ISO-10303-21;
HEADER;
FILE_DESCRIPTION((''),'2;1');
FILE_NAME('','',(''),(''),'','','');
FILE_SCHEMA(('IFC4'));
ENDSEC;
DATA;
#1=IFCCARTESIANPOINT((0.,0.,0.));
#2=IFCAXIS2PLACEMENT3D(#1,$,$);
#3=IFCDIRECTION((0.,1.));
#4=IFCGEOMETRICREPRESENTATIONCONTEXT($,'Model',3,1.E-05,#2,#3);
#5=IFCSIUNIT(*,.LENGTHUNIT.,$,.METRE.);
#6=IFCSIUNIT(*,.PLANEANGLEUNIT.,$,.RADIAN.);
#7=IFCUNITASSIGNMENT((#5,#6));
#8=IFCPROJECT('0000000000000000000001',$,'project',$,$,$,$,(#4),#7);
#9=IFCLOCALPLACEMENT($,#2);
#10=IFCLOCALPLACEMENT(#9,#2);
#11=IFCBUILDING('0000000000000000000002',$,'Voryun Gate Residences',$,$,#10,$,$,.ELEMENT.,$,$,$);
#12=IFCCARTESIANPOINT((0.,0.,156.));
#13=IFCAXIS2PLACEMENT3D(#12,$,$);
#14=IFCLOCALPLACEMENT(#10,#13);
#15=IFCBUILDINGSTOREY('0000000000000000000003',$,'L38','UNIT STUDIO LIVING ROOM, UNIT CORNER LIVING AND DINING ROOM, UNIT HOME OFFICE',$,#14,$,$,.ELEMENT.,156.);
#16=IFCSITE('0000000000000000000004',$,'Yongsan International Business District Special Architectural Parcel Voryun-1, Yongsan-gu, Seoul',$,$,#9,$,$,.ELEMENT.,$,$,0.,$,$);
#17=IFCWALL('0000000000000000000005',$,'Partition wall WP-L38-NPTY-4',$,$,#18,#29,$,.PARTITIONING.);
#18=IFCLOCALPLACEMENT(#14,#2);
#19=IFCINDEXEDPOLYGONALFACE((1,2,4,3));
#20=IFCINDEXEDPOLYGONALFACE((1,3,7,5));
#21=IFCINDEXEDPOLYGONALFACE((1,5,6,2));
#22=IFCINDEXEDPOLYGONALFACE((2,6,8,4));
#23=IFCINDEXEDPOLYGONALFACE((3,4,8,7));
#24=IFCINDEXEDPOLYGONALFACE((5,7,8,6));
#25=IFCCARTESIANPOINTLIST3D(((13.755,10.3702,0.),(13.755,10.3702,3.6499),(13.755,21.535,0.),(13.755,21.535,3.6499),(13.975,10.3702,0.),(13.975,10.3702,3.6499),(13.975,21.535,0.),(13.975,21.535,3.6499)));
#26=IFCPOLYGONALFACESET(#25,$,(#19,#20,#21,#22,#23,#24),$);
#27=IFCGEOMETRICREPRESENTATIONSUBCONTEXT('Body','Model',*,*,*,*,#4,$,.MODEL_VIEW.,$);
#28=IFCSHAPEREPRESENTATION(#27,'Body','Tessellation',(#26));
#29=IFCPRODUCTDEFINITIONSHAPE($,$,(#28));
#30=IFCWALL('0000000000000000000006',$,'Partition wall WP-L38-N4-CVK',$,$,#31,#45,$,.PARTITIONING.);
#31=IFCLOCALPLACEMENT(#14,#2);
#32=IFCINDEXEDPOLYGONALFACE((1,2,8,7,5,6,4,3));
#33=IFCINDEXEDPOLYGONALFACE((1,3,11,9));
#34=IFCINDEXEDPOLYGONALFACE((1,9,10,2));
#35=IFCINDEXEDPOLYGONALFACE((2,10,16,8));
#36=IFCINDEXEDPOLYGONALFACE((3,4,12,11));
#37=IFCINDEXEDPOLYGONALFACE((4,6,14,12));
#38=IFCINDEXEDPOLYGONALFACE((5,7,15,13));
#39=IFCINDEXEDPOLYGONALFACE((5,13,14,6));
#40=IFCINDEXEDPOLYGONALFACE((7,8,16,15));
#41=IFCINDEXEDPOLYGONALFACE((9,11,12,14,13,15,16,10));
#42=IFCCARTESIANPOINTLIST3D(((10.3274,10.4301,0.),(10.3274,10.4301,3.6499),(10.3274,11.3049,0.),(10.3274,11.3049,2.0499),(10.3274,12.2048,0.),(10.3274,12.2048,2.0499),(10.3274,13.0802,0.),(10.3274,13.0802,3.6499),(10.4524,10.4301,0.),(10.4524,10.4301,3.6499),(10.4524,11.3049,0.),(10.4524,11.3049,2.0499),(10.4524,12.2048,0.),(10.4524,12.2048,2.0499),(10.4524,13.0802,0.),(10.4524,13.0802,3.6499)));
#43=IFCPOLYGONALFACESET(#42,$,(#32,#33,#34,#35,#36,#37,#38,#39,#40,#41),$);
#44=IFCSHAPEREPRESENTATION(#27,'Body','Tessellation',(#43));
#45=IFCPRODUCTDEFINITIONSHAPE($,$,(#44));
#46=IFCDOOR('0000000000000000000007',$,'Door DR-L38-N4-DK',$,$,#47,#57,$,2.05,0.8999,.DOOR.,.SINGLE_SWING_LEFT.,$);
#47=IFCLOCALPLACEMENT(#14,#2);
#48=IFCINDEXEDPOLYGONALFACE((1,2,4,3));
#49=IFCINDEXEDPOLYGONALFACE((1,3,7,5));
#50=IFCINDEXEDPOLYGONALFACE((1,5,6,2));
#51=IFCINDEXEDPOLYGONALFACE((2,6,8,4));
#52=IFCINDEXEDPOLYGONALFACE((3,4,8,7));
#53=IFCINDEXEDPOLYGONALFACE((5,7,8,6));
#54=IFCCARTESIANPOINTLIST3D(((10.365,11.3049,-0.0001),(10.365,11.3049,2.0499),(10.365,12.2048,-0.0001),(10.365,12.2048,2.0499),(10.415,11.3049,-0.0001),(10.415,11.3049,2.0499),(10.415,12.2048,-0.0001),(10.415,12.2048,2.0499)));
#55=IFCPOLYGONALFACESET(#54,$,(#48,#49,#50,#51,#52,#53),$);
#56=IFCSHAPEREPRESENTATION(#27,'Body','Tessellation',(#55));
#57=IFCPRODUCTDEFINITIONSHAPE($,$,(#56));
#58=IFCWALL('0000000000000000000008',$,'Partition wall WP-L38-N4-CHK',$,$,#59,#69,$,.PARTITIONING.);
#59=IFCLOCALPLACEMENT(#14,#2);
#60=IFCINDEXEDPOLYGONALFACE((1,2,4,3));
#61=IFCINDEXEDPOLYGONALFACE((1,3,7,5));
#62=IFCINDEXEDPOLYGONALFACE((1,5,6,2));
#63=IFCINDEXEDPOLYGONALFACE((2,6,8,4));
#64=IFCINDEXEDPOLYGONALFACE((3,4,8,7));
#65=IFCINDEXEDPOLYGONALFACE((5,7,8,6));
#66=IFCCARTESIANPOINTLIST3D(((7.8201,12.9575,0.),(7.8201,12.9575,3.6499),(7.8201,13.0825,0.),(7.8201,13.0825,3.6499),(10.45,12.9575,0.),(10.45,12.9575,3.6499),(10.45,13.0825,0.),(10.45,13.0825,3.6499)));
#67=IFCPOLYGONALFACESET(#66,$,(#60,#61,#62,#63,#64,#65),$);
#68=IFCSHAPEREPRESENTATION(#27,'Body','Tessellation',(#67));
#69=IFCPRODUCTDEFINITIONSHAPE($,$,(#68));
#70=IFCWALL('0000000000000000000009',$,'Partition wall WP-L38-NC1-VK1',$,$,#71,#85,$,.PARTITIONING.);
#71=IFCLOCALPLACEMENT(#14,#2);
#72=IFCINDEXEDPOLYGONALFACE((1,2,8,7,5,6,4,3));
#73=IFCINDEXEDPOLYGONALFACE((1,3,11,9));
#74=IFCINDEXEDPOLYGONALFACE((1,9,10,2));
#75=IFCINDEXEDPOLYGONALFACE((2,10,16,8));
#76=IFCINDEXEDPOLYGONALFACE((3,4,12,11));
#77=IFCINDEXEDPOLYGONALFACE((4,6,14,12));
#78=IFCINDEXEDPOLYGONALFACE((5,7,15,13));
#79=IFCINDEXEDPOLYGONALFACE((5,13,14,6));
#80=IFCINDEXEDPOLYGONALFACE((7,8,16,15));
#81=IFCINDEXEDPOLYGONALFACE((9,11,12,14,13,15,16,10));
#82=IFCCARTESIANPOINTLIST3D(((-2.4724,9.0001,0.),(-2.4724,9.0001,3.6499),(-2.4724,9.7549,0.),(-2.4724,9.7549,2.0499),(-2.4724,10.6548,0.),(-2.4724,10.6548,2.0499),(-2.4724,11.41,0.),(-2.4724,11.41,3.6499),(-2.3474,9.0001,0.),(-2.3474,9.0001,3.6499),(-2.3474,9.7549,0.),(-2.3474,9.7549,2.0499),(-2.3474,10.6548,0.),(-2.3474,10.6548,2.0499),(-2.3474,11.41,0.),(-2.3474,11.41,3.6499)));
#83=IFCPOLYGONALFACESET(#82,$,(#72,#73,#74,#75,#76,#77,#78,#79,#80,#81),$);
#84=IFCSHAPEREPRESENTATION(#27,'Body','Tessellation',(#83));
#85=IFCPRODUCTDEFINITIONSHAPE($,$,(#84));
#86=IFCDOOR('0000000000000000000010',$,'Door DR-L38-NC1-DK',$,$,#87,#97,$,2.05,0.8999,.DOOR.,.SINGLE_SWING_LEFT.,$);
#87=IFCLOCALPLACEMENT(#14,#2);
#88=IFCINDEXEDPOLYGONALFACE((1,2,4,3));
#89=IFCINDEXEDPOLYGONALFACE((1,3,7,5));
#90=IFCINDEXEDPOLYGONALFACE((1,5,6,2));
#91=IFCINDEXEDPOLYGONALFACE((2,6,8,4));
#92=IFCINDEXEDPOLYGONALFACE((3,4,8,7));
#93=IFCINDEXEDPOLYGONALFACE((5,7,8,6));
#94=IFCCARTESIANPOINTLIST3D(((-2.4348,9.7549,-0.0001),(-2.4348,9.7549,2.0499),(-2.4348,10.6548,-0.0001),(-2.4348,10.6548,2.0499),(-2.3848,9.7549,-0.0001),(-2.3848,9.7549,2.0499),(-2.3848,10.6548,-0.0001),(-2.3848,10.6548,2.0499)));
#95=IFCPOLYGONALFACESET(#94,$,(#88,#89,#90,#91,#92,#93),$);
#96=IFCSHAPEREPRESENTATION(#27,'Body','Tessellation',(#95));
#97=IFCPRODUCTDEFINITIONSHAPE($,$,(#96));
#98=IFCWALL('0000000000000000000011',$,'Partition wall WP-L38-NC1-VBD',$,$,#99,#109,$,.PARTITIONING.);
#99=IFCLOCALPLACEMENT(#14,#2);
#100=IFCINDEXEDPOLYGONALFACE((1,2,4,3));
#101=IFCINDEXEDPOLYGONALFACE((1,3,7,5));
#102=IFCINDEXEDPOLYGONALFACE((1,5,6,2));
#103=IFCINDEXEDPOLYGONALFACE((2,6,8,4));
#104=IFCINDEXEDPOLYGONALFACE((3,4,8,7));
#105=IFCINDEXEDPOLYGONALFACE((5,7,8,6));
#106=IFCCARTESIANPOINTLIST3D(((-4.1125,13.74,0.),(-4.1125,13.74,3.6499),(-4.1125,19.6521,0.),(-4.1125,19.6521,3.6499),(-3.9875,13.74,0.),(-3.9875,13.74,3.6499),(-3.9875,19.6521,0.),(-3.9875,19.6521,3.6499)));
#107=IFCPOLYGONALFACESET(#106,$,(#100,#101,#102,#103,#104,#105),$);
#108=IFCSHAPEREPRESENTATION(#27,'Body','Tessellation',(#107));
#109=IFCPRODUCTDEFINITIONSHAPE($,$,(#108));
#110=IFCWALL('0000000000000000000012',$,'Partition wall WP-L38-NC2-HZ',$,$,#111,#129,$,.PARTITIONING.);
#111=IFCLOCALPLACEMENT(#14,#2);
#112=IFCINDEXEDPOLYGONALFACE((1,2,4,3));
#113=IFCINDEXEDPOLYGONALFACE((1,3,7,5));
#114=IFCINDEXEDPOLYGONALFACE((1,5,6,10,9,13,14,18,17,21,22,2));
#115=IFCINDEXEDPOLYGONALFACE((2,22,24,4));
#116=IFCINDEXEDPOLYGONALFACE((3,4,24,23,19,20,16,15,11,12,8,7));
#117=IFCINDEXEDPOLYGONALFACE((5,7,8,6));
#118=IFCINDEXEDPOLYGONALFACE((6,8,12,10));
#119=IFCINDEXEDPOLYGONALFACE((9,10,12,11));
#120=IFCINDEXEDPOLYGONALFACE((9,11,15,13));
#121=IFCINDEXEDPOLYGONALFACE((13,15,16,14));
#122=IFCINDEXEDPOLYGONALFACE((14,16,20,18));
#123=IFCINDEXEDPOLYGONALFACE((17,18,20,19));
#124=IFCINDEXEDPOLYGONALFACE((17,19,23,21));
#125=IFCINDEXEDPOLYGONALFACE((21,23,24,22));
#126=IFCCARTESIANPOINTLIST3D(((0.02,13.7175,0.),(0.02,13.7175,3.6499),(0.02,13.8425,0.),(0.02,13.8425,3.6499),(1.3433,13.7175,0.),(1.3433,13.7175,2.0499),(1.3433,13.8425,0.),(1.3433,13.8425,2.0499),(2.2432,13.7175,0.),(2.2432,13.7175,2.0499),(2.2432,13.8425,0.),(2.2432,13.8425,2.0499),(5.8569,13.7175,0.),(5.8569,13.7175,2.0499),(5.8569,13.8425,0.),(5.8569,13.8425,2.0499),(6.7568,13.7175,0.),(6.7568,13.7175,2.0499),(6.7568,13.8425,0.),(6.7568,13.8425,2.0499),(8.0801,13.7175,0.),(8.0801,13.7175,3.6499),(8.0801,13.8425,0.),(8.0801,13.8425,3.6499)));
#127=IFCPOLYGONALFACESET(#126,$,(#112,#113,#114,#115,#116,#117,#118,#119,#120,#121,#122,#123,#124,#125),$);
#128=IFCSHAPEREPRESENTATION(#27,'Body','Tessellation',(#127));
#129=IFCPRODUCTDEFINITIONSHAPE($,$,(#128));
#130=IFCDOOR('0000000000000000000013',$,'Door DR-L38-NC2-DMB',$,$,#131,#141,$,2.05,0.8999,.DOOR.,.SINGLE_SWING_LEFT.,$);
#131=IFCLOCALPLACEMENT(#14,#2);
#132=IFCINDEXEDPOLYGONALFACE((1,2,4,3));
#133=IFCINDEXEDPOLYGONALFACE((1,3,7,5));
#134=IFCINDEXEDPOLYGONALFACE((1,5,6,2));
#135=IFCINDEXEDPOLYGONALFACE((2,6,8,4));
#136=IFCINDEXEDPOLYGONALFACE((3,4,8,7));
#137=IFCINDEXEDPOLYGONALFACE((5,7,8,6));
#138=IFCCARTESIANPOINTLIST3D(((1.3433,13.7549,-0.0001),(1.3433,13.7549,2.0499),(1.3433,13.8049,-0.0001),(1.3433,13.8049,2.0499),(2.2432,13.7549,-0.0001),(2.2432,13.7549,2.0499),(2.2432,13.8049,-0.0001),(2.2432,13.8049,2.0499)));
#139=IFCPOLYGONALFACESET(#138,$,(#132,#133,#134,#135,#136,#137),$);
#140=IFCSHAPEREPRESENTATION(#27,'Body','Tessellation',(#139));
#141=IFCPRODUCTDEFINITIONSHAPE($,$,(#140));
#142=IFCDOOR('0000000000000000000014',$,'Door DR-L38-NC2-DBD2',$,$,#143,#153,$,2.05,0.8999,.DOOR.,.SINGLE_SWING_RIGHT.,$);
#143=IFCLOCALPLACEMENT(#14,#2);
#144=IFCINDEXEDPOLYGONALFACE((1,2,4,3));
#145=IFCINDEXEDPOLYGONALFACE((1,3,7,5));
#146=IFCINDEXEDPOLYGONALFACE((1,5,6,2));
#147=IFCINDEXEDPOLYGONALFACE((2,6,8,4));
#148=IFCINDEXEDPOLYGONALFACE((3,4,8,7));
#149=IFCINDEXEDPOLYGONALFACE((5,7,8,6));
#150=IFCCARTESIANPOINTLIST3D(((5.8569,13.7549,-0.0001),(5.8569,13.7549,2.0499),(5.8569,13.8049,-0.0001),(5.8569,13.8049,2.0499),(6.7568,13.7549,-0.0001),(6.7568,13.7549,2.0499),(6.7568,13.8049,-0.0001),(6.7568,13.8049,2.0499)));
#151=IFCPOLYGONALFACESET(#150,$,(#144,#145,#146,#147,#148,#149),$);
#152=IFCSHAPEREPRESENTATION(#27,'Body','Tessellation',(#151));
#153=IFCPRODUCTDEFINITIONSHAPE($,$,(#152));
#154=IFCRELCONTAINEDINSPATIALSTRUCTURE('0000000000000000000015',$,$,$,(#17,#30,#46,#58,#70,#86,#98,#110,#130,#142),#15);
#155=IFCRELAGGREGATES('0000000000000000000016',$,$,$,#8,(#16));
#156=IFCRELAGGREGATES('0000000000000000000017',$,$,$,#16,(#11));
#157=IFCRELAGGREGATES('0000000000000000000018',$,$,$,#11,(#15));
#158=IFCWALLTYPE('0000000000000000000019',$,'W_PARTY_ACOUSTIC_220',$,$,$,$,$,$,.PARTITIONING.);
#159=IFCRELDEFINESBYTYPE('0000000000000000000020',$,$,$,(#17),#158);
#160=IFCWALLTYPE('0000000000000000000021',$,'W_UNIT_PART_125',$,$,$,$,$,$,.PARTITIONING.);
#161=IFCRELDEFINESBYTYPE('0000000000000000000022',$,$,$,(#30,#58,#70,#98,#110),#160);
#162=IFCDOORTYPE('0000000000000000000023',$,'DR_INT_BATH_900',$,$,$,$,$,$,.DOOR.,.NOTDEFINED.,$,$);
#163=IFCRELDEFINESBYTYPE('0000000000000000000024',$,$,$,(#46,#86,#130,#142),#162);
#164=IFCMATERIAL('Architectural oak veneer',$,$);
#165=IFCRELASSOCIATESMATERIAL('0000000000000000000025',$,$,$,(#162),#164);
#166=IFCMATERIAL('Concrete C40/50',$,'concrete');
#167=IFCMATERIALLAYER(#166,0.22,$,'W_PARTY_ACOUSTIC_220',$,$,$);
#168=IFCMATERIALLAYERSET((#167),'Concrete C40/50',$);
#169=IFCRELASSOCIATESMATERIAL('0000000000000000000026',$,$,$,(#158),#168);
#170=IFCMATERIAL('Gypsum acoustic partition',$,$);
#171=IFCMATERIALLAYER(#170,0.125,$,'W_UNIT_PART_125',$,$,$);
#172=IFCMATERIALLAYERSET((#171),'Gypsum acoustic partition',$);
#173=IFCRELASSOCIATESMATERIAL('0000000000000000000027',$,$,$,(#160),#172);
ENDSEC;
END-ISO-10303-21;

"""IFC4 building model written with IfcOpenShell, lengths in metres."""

from ifc_helpers import new_model, si_unit, direction, frame, frame_2d, origin, place, context, subcontext, project, spatial, rectangle, extrude, material, layer, layer_set, type_object, element, fill, save


model = new_model("IFC4")

# Units and contexts
model_context = context("Model", 3, precision=1e-05, world=origin(), true_north=direction((0.0, 1.0)))
body_context = subcontext(model_context, "Body", "Model", "MODEL_VIEW")
ifc_project = project(units=[si_unit("LENGTHUNIT", "METRE"), si_unit("PLANEANGLEUNIT", "RADIAN")], contexts=[model_context])

# Site, building, storey
site_placement = place(None, origin())
site = spatial("IfcSite", under=ifc_project, at=site_placement, Name="Yongsan International Business District Special Architectural Parcel Voryun-1, Yongsan-gu, Seoul", CompositionType="ELEMENT", RefElevation=0.0)
building_placement = place(site_placement, origin())
building = spatial("IfcBuilding", under=site, at=building_placement, Name="Voryun Gate Residences", CompositionType="ELEMENT")
storey_placement = place(building_placement, frame((0.0, 0.0, 156.0)))
storey = spatial("IfcBuildingStorey", under=building, at=storey_placement, Name="L38", Description="UNIT STUDIO LIVING ROOM, UNIT CORNER LIVING AND DINING ROOM, UNIT HOME OFFICE", CompositionType="ELEMENT", Elevation=156.0)

# Shared definitions
ifc_material_1 = material(Name="Architectural oak veneer")
door_type_1 = type_object("IfcDoorType", Name="DR_INT_BATH_900", OperationType="NOTDEFINED", PredefinedType="DOOR", material=ifc_material_1)

# Wall
ifc_material_2 = material(Name="Concrete C40/50", Category="concrete")
ifc_layer_1 = layer(ifc_material_2, 0.22, Name="W_PARTY_ACOUSTIC_220")
ifc_layer_set_1 = layer_set([ifc_layer_1], Name="Concrete C40/50")
wall_type_1 = type_object("IfcWallType", Name="W_PARTY_ACOUSTIC_220", PredefinedType="PARTITIONING", material=ifc_layer_set_1)
wall_1_placement = place(storey_placement, frame((13.865, 10.3701, 0.0), z_axis=(0.0, 0.0, 1.0), x_axis=(0.0, 1.0, 0.0)))
element("IfcWall", 1, at=wall_1_placement, inside=storey, type_object=wall_type_1, Name="Partition wall WP-L38-NPTY-4", PredefinedType="PARTITIONING", context=body_context, shape_type="SweptSolid", body=[
    extrude(rectangle(XDim=11.1648, YDim=0.22, at=frame_2d((5.5825, 0.0))), origin(), (0.0, 0.0, 1.0), 3.6499),
])

# Wall, opening, door
ifc_material_3 = material(Name="Gypsum acoustic partition")
ifc_layer_2 = layer(ifc_material_3, 0.125, Name="W_UNIT_PART_125")
ifc_layer_set_2 = layer_set([ifc_layer_2], Name="Gypsum acoustic partition")
wall_type_2 = type_object("IfcWallType", Name="W_UNIT_PART_125", PredefinedType="PARTITIONING", material=ifc_layer_set_2)
wall_2_placement = place(storey_placement, frame((10.3899, 10.4299, 0.0), z_axis=(0.0, 0.0, 1.0), x_axis=(0.0, 1.0, 0.0)))
wall_2 = element("IfcWall", 2, at=wall_2_placement, inside=storey, type_object=wall_type_2, Name="Partition wall WP-L38-N4-CVK", PredefinedType="PARTITIONING", context=body_context, shape_type="SweptSolid", body=[
    extrude(rectangle(XDim=2.6501, YDim=0.125, at=frame_2d((1.3252, 0.0))), origin(), (0.0, 0.0, 1.0), 3.6499),
])
opening_1_placement = place(wall_2_placement, frame((0.875, 0.0, 0.0)))
opening_1 = element("IfcOpeningElement", 3, at=opening_1_placement, cuts=wall_2, PredefinedType="OPENING", context=body_context, shape_type="SweptSolid", body=[
    extrude(rectangle(XDim=0.8999, YDim=2.05, at=frame_2d((0.45, 1.0249))), frame((0.0, 0.0725, 0.0), z_axis=(0.0, -1.0, 0.0), x_axis=(1.0, 0.0, 0.0)), (0.0, 0.0, 1.0), 0.145),
])
door_1_placement = place(opening_1_placement, origin())
door_1 = element("IfcDoor", 4, at=door_1_placement, inside=storey, type_object=door_type_1, Name="Door DR-L38-N4-DK", OperationType="SINGLE_SWING_LEFT", OverallHeight=2.05, OverallWidth=0.8999, PredefinedType="DOOR", context=body_context, shape_type="SweptSolid", body=[
    extrude(rectangle(XDim=0.8999, YDim=2.05, at=frame_2d((0.45, 1.0249))), frame((0.0, 0.0249, 0.0), z_axis=(0.0, -1.0, 0.0), x_axis=(1.0, 0.0, 0.0)), (0.0, 0.0, 1.0), 0.05),
])
fill(opening_1, door_1)

# Wall
wall_3_placement = place(storey_placement, frame((7.8201, 13.02, 0.0), z_axis=(0.0, 0.0, 1.0), x_axis=(1.0, 0.0, 0.0)))
element("IfcWall", 5, at=wall_3_placement, inside=storey, type_object=wall_type_2, Name="Partition wall WP-L38-N4-CHK", PredefinedType="PARTITIONING", context=body_context, shape_type="SweptSolid", body=[
    extrude(rectangle(XDim=2.6299, YDim=0.125, at=frame_2d((1.3149, 0.0))), origin(), (0.0, 0.0, 1.0), 3.6499),
])

# Wall, opening, door
wall_4_placement = place(storey_placement, frame((-2.4099, 9.0, 0.0), z_axis=(0.0, 0.0, 1.0), x_axis=(0.0, 1.0, 0.0)))
wall_4 = element("IfcWall", 6, at=wall_4_placement, inside=storey, type_object=wall_type_2, Name="Partition wall WP-L38-NC1-VK1", PredefinedType="PARTITIONING", context=body_context, shape_type="SweptSolid", body=[
    extrude(rectangle(XDim=2.4099, YDim=0.125, at=frame_2d((1.2051, 0.0))), origin(), (0.0, 0.0, 1.0), 3.6499),
])
opening_2_placement = place(wall_4_placement, frame((0.7549, 0.0, 0.0)))
opening_2 = element("IfcOpeningElement", 7, at=opening_2_placement, cuts=wall_4, PredefinedType="OPENING", context=body_context, shape_type="SweptSolid", body=[
    extrude(rectangle(XDim=0.8999, YDim=2.05, at=frame_2d((0.45, 1.0249))), frame((0.0, 0.0725, 0.0), z_axis=(0.0, -1.0, 0.0), x_axis=(1.0, 0.0, 0.0)), (0.0, 0.0, 1.0), 0.145),
])
door_2_placement = place(opening_2_placement, origin())
door_2 = element("IfcDoor", 8, at=door_2_placement, inside=storey, type_object=door_type_1, Name="Door DR-L38-NC1-DK", OperationType="SINGLE_SWING_LEFT", OverallHeight=2.05, OverallWidth=0.8999, PredefinedType="DOOR", context=body_context, shape_type="SweptSolid", body=[
    extrude(rectangle(XDim=0.8999, YDim=2.05, at=frame_2d((0.45, 1.0249))), frame((0.0, 0.0249, 0.0), z_axis=(0.0, -1.0, 0.0), x_axis=(1.0, 0.0, 0.0)), (0.0, 0.0, 1.0), 0.05),
])
fill(opening_2, door_2)

# Wall
wall_5_placement = place(storey_placement, frame((-4.05, 13.74, 0.0), z_axis=(0.0, 0.0, 1.0), x_axis=(0.0, 1.0, 0.0)))
element("IfcWall", 9, at=wall_5_placement, inside=storey, type_object=wall_type_2, Name="Partition wall WP-L38-NC1-VBD", PredefinedType="PARTITIONING", context=body_context, shape_type="SweptSolid", body=[
    extrude(rectangle(XDim=5.9121, YDim=0.125, at=frame_2d((2.9561, 0.0))), origin(), (0.0, 0.0, 1.0), 3.6499),
])

# Wall, openings, doors
wall_6_placement = place(storey_placement, frame((0.02, 13.78, 0.0), z_axis=(0.0, 0.0, 1.0), x_axis=(1.0, 0.0, 0.0)))
wall_6 = element("IfcWall", 10, at=wall_6_placement, inside=storey, type_object=wall_type_2, Name="Partition wall WP-L38-NC2-HZ", PredefinedType="PARTITIONING", context=body_context, shape_type="SweptSolid", body=[
    extrude(rectangle(XDim=8.0601, YDim=0.125, at=frame_2d((4.03, 0.0))), origin(), (0.0, 0.0, 1.0), 3.6499),
])
opening_3_placement = place(wall_6_placement, frame((1.3232, 0.0, 0.0)))
opening_3 = element("IfcOpeningElement", 11, at=opening_3_placement, cuts=wall_6, PredefinedType="OPENING", context=body_context, shape_type="SweptSolid", body=[
    extrude(rectangle(XDim=0.8999, YDim=2.05, at=frame_2d((0.45, 1.0249))), frame((0.0, 0.0725, 0.0), z_axis=(0.0, -1.0, 0.0), x_axis=(1.0, 0.0, 0.0)), (0.0, 0.0, 1.0), 0.145),
])
opening_4_placement = place(wall_6_placement, frame((5.8369, 0.0, 0.0)))
opening_4 = element("IfcOpeningElement", 12, at=opening_4_placement, cuts=wall_6, PredefinedType="OPENING", context=body_context, shape_type="SweptSolid", body=[
    extrude(rectangle(XDim=0.8999, YDim=2.05, at=frame_2d((0.45, 1.0249))), frame((0.0, 0.0725, 0.0), z_axis=(0.0, -1.0, 0.0), x_axis=(1.0, 0.0, 0.0)), (0.0, 0.0, 1.0), 0.145),
])
door_3_placement = place(opening_3_placement, origin())
door_3 = element("IfcDoor", 13, at=door_3_placement, inside=storey, type_object=door_type_1, Name="Door DR-L38-NC2-DMB", OperationType="SINGLE_SWING_LEFT", OverallHeight=2.05, OverallWidth=0.8999, PredefinedType="DOOR", context=body_context, shape_type="SweptSolid", body=[
    extrude(rectangle(XDim=0.8999, YDim=2.05, at=frame_2d((0.45, 1.0249))), frame((0.0, 0.0249, 0.0), z_axis=(0.0, -1.0, 0.0), x_axis=(1.0, 0.0, 0.0)), (0.0, 0.0, 1.0), 0.05),
])
fill(opening_3, door_3)
door_4_placement = place(opening_4_placement, origin())
door_4 = element("IfcDoor", 14, at=door_4_placement, inside=storey, type_object=door_type_1, Name="Door DR-L38-NC2-DBD2", OperationType="SINGLE_SWING_RIGHT", OverallHeight=2.05, OverallWidth=0.8999, PredefinedType="DOOR", context=body_context, shape_type="SweptSolid", body=[
    extrude(rectangle(XDim=0.8999, YDim=2.05, at=frame_2d((0.45, 1.0249))), frame((0.0, 0.0249, 0.0), z_axis=(0.0, -1.0, 0.0), x_axis=(1.0, 0.0, 0.0)), (0.0, 0.0, 1.0), 0.05),
])
fill(opening_4, door_4)

save(model, "model.ifc")
